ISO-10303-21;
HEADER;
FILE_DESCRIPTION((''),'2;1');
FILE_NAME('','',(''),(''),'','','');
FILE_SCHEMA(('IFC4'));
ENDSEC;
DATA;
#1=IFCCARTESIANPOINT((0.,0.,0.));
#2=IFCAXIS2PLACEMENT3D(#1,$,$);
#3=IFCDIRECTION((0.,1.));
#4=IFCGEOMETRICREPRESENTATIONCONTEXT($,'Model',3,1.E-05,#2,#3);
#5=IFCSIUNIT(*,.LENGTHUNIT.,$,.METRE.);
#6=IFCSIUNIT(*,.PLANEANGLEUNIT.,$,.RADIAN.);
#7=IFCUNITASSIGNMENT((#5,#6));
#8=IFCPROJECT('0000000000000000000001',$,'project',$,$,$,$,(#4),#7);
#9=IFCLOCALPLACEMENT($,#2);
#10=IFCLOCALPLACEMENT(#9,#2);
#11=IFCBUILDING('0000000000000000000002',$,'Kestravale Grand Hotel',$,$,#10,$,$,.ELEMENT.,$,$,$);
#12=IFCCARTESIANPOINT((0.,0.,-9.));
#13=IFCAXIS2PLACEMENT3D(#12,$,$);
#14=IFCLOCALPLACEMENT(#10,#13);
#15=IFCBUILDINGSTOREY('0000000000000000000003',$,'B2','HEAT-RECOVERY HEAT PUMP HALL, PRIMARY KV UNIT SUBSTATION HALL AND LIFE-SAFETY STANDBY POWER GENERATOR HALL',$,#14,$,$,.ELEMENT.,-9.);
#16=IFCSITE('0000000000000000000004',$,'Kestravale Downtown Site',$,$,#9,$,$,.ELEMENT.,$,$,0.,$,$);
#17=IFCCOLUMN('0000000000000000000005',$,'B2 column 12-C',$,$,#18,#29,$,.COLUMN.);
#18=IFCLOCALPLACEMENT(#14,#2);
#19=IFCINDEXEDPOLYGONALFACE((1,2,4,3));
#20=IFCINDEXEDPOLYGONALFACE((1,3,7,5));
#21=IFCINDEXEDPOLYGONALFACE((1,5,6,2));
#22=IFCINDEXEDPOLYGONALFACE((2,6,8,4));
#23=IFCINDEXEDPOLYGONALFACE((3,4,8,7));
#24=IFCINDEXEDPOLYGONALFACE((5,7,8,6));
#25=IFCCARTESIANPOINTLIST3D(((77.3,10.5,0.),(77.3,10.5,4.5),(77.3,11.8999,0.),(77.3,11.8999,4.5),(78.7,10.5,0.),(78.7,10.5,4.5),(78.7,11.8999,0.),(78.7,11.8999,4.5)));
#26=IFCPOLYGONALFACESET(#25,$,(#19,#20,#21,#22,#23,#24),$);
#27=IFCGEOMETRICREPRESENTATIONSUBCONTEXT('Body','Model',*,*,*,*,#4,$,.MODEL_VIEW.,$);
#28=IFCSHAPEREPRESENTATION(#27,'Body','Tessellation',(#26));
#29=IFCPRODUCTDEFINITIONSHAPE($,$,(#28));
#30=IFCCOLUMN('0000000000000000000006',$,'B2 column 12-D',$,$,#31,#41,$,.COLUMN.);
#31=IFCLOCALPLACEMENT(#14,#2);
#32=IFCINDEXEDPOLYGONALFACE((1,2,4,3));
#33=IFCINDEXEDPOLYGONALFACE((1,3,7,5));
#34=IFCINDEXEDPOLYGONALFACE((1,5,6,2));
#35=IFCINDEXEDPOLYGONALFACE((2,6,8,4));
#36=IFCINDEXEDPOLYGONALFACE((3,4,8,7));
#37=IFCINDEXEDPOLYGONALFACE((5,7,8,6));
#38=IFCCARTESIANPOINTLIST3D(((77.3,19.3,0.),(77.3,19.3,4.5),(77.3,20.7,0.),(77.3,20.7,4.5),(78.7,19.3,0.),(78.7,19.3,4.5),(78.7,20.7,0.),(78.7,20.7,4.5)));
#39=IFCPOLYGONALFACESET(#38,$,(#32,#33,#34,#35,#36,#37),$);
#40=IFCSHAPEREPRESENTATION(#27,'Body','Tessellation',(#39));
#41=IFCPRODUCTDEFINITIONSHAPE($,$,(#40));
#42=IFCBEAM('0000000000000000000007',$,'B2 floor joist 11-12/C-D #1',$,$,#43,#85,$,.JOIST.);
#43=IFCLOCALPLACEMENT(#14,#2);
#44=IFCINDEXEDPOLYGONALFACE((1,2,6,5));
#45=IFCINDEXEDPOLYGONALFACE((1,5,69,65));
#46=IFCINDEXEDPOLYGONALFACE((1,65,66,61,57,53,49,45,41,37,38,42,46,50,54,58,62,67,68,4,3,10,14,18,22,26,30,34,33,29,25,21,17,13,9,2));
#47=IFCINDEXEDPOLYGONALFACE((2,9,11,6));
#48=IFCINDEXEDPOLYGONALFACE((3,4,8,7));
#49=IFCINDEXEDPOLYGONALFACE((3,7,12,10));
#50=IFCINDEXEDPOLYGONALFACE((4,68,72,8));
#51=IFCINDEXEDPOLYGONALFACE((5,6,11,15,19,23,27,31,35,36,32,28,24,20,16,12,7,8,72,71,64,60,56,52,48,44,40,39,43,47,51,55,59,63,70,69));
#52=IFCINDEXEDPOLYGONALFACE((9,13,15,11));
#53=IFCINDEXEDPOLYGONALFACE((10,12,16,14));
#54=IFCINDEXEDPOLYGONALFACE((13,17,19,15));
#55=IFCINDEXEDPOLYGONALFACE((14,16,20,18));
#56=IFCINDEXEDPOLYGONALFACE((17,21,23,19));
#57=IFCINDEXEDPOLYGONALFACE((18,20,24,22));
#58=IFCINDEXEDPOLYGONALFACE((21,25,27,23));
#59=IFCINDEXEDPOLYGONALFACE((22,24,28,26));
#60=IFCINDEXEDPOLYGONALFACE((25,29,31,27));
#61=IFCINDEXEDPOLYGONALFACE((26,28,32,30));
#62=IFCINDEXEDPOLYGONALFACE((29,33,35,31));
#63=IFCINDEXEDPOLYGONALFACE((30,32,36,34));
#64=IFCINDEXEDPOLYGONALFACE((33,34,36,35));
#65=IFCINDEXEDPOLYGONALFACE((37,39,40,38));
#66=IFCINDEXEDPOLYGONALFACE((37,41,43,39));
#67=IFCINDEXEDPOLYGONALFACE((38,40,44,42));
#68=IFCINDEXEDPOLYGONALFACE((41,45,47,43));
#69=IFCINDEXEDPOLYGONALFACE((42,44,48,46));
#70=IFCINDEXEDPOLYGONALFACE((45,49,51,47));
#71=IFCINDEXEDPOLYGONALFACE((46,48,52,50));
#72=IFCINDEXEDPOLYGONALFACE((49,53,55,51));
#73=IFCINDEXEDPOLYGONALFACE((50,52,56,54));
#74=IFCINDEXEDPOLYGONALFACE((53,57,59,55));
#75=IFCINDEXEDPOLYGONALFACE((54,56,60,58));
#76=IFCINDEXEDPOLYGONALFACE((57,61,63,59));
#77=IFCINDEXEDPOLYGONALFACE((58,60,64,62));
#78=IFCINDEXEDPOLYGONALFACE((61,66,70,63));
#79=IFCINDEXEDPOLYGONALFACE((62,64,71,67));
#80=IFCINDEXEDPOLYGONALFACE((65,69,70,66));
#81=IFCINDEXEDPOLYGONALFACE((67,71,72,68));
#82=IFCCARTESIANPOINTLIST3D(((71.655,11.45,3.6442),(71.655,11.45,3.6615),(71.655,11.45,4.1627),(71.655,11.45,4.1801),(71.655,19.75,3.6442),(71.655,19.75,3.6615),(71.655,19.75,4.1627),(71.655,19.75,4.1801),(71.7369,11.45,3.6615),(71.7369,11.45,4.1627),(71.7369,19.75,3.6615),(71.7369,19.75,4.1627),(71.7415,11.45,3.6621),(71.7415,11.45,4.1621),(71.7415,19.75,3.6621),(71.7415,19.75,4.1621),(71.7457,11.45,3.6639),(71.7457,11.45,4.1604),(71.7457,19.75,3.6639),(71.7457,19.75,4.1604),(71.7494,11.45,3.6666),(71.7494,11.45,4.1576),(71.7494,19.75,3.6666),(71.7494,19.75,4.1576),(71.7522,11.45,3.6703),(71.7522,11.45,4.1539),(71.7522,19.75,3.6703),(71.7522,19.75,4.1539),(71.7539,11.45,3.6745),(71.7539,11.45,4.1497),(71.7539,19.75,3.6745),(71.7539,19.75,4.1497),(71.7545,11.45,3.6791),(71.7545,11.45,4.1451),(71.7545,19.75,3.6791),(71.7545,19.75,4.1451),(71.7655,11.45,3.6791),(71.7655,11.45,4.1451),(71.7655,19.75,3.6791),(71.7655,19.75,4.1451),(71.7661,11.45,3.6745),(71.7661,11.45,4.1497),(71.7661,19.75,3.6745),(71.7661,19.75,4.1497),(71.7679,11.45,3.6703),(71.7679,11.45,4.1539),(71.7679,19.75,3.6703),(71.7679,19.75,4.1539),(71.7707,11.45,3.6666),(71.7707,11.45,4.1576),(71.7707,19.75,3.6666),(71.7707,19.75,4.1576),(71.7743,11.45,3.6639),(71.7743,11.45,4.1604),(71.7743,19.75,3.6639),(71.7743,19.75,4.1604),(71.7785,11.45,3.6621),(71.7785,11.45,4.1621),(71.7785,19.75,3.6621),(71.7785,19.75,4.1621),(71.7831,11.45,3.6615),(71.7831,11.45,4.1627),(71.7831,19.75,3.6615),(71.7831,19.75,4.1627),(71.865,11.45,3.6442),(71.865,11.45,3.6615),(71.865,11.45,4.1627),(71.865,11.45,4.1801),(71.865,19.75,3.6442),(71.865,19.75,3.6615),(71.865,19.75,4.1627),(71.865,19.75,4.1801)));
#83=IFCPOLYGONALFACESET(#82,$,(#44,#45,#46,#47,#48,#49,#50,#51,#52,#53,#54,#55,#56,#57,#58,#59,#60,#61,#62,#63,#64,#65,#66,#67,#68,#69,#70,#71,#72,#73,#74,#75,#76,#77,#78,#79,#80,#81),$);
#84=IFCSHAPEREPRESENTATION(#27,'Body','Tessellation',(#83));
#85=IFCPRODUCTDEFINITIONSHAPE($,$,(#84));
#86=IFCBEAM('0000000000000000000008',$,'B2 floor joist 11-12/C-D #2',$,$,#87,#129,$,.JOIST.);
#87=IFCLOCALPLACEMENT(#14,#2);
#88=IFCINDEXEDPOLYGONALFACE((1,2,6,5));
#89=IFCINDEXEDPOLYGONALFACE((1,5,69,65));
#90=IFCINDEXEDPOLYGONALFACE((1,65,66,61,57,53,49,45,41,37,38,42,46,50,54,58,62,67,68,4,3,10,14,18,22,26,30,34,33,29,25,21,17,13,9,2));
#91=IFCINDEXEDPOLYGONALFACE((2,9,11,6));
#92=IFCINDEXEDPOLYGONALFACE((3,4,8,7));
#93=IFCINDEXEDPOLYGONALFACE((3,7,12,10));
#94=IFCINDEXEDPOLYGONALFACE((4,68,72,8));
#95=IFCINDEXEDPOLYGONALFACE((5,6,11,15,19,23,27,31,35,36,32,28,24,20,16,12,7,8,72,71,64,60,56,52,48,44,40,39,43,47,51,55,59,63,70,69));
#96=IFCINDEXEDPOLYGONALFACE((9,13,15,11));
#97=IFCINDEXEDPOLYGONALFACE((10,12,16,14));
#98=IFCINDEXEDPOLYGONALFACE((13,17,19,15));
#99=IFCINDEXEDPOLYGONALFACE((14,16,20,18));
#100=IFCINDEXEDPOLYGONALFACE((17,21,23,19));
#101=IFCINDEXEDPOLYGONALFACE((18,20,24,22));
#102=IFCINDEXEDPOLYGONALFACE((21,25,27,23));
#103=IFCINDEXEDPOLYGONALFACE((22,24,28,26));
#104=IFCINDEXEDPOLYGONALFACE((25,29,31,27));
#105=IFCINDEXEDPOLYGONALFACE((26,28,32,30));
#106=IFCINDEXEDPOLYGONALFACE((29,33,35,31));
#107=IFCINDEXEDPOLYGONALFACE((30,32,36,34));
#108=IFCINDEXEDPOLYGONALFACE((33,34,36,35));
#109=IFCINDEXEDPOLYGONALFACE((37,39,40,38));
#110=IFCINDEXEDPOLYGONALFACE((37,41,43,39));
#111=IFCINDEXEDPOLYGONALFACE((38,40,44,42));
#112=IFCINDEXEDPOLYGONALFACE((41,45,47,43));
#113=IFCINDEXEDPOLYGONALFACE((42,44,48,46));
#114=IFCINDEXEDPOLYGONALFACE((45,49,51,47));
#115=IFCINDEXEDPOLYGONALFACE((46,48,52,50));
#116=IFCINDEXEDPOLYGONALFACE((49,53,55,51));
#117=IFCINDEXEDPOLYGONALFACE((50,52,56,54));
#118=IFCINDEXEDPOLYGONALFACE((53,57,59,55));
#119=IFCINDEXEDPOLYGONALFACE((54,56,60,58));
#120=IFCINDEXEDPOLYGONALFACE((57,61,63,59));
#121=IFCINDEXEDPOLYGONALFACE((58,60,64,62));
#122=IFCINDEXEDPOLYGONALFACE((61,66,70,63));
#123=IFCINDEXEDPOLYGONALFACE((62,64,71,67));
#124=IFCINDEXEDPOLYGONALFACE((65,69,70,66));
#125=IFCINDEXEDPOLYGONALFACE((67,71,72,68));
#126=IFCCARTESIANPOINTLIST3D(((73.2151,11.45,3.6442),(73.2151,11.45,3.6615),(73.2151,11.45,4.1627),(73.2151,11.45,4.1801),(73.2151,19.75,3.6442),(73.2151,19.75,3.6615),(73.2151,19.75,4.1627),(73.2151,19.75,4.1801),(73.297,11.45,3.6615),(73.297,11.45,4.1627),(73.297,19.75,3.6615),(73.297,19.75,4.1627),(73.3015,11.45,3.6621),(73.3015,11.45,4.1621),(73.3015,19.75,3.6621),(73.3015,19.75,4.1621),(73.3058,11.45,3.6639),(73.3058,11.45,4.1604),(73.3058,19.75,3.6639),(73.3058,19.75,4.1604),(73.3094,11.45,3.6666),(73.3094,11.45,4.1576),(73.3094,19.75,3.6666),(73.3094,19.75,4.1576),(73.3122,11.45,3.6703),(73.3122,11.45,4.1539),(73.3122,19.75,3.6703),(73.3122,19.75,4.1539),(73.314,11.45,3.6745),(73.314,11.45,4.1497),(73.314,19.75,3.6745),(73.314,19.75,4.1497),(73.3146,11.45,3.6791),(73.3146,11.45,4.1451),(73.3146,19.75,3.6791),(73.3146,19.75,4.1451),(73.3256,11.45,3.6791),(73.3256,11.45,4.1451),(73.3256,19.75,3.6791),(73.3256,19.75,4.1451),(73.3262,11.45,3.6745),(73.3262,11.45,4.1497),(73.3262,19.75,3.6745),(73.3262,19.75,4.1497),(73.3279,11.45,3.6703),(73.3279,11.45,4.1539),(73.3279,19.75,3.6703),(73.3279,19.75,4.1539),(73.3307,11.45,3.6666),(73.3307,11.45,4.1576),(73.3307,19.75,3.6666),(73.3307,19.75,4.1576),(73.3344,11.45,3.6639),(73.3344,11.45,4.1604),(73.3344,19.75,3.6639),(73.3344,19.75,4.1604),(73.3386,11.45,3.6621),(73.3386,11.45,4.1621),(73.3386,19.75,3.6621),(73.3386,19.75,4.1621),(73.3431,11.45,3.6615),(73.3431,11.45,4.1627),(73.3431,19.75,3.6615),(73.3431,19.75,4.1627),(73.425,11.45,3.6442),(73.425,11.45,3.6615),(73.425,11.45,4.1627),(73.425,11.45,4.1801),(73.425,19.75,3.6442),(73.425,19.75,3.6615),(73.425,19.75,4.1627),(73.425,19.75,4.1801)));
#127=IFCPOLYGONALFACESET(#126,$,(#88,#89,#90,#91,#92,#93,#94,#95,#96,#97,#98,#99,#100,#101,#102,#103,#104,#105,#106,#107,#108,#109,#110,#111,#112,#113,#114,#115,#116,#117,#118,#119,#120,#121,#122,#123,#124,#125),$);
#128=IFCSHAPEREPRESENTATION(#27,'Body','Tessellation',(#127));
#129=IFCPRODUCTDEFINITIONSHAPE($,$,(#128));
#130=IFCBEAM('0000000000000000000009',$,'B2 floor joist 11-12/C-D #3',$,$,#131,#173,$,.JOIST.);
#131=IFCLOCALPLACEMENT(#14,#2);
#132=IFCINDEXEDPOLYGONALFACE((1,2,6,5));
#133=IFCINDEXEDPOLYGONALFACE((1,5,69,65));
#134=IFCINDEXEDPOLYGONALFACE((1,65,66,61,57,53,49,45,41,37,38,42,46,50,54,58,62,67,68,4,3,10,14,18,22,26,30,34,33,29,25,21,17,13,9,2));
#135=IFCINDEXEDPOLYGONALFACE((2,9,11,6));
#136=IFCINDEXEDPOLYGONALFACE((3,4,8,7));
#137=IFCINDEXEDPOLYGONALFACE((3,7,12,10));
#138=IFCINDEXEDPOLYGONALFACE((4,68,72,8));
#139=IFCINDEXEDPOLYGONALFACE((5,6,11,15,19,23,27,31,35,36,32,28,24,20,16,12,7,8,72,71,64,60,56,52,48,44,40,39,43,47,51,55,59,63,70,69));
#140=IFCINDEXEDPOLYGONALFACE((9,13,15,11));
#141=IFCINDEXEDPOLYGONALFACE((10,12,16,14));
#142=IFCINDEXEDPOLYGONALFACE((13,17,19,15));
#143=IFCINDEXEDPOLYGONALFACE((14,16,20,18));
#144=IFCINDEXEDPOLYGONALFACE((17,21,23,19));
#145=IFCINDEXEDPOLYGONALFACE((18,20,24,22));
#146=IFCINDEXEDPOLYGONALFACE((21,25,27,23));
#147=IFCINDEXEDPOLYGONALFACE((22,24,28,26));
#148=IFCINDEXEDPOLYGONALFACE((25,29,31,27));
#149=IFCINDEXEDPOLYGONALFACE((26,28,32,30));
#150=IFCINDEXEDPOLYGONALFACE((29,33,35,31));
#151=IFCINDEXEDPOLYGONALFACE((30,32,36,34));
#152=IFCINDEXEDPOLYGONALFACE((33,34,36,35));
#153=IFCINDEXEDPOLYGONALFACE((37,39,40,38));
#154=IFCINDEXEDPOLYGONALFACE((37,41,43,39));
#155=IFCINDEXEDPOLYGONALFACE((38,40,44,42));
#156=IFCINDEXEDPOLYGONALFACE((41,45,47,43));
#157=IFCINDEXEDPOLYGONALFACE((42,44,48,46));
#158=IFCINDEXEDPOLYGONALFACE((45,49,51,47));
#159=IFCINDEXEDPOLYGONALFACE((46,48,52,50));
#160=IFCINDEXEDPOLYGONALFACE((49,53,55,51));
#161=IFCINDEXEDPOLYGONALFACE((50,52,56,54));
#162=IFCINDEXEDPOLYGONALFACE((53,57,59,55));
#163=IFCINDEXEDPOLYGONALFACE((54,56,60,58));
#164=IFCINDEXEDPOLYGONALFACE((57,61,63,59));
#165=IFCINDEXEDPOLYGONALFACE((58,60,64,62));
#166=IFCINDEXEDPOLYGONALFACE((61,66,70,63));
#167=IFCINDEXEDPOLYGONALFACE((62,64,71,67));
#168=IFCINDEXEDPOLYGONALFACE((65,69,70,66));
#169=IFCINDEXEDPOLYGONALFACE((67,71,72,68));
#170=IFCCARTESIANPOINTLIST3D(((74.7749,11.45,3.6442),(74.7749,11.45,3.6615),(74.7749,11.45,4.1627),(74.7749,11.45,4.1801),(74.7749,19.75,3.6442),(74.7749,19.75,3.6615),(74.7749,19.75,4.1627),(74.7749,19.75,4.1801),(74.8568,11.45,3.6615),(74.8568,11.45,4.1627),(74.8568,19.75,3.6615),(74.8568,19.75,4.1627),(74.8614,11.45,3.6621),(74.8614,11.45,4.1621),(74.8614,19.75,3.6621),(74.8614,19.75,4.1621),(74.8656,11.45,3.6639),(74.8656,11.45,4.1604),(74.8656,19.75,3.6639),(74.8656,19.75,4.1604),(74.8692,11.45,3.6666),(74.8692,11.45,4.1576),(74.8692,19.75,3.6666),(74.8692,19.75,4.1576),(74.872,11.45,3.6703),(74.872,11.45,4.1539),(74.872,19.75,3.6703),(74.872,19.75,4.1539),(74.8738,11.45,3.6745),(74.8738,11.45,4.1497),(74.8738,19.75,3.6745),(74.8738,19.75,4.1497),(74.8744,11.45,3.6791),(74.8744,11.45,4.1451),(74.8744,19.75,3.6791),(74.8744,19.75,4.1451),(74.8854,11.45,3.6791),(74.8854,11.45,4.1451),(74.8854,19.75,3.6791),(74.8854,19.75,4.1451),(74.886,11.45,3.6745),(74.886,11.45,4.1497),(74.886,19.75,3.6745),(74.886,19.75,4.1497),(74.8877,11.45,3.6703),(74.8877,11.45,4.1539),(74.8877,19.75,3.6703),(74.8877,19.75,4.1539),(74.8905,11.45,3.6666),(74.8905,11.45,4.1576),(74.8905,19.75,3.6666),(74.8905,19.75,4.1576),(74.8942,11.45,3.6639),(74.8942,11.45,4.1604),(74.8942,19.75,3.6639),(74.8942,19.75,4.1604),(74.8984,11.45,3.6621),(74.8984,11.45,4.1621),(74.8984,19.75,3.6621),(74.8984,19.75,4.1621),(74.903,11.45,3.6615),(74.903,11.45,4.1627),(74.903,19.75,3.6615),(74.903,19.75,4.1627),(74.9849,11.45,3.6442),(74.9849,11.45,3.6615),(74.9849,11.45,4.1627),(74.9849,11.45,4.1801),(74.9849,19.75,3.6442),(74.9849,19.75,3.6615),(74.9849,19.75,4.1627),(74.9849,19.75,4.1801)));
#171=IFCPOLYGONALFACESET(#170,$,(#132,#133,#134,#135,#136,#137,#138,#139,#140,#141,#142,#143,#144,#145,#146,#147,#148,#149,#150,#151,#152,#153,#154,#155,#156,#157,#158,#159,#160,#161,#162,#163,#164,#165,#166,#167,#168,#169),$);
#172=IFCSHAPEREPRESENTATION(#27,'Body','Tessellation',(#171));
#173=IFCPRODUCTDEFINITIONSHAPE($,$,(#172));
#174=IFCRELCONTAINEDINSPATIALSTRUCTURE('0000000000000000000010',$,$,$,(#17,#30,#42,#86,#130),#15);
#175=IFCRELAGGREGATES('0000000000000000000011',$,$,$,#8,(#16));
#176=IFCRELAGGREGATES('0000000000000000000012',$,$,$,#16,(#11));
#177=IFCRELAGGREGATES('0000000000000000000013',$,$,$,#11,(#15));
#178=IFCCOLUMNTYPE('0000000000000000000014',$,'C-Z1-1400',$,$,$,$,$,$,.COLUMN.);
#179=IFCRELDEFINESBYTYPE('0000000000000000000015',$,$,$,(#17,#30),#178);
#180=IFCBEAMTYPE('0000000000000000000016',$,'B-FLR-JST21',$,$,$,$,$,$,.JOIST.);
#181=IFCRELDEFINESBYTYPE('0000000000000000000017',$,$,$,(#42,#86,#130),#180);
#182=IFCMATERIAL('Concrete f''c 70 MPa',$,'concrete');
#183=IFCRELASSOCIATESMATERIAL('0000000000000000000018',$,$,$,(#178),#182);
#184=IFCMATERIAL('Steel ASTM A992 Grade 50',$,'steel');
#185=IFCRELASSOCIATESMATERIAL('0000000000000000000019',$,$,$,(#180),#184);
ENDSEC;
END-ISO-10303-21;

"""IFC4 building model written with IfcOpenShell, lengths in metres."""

from ifc_helpers import new_model, si_unit, direction, frame, origin, origin_2d, place, context, subcontext, project, spatial, rectangle, i_section, extrude, material, material_profile, profile_set, type_object, element, save


model = new_model("IFC4")

# Units and contexts
model_context = context("Model", 3, precision=1e-05, world=origin(), true_north=direction((0.0, 1.0)))
body_context = subcontext(model_context, "Body", "Model", "MODEL_VIEW")
ifc_project = project(units=[si_unit("LENGTHUNIT", "METRE"), si_unit("PLANEANGLEUNIT", "RADIAN")], contexts=[model_context])

# Site, building, storey
site_placement = place(None, origin())
site = spatial("IfcSite", under=ifc_project, at=site_placement, Name="Kestravale Downtown Site", CompositionType="ELEMENT", RefElevation=0.0)
building_placement = place(site_placement, origin())
building = spatial("IfcBuilding", under=site, at=building_placement, Name="Kestravale Grand Hotel", CompositionType="ELEMENT")
storey_placement = place(building_placement, frame((0.0, 0.0, -9.0)))
storey = spatial("IfcBuildingStorey", under=building, at=storey_placement, Name="B2", Description="HEAT-RECOVERY HEAT PUMP HALL, PRIMARY KV UNIT SUBSTATION HALL AND LIFE-SAFETY STANDBY POWER GENERATOR HALL", CompositionType="ELEMENT", Elevation=-9.0)

# Columns
ifc_material_1 = material(Name="Concrete f'c 70 MPa", Category="concrete")
ifc_material_profile_1 = material_profile(ifc_material_1, rectangle(XDim=1.3999, YDim=1.3999, at=origin_2d()))
ifc_profile_set_1 = profile_set([ifc_material_profile_1], Name="Concrete f'c 70 MPa")
column_type = type_object("IfcColumnType", Name="C-Z1-1400", PredefinedType="COLUMN", material=ifc_profile_set_1)
for number, where, z_axis, x_axis, name in (
    (1, (78.0, 11.2, 0.0), (0.0, 0.0, 1.0), (1.0, 0.0, 0.0), "B2 column 12-C"),
    (2, (78.0, 20.0, 0.0), (0.0, 0.0, 1.0), (1.0, 0.0, 0.0), "B2 column 12-D"),
):
    element("IfcColumn", number, at=place(storey_placement, frame(where, z_axis=z_axis, x_axis=x_axis)), inside=storey, type_object=column_type, Name=name, PredefinedType="COLUMN", context=body_context, shape_type="SweptSolid", body=[
        extrude(rectangle(XDim=1.3999, YDim=1.3999, at=origin_2d()), origin(), (0.0, 0.0, 1.0), 4.5),
    ])

# Beams
ifc_material_2 = material(Name="Steel ASTM A992 Grade 50", Category="steel")
ifc_material_profile_2 = material_profile(ifc_material_2, i_section(OverallWidth=0.21, OverallDepth=0.5359, WebThickness=0.011, FlangeThickness=0.0173, FilletRadius=0.0176, at=origin_2d()))
ifc_profile_set_2 = profile_set([ifc_material_profile_2], Name="Steel ASTM A992 Grade 50")
beam_type_1 = type_object("IfcBeamType", Name="B-FLR-JST21", PredefinedType="JOIST", material=ifc_profile_set_2)
for number, where, z_axis, x_axis, name in (
    (3, (71.76, 11.45, 3.9121), (0.0, 1.0, 0.0), (-1.0, 0.0, 0.0), "B2 floor joist 11-12/C-D #1"),
    (4, (73.3201, 11.45, 3.9121), (0.0, 1.0, 0.0), (-1.0, 0.0, 0.0), "B2 floor joist 11-12/C-D #2"),
    (5, (74.8799, 11.45, 3.9121), (0.0, 1.0, 0.0), (-1.0, 0.0, 0.0), "B2 floor joist 11-12/C-D #3"),
):
    element("IfcBeam", number, at=place(storey_placement, frame(where, z_axis=z_axis, x_axis=x_axis)), inside=storey, type_object=beam_type_1, Name=name, PredefinedType="JOIST", context=body_context, shape_type="SweptSolid", body=[
        extrude(i_section(OverallWidth=0.21, OverallDepth=0.5359, WebThickness=0.011, FlangeThickness=0.0173, FilletRadius=0.0176, at=origin_2d()), origin(), (0.0, 0.0, 1.0), 8.3),
    ])

save(model, "model.ifc")
